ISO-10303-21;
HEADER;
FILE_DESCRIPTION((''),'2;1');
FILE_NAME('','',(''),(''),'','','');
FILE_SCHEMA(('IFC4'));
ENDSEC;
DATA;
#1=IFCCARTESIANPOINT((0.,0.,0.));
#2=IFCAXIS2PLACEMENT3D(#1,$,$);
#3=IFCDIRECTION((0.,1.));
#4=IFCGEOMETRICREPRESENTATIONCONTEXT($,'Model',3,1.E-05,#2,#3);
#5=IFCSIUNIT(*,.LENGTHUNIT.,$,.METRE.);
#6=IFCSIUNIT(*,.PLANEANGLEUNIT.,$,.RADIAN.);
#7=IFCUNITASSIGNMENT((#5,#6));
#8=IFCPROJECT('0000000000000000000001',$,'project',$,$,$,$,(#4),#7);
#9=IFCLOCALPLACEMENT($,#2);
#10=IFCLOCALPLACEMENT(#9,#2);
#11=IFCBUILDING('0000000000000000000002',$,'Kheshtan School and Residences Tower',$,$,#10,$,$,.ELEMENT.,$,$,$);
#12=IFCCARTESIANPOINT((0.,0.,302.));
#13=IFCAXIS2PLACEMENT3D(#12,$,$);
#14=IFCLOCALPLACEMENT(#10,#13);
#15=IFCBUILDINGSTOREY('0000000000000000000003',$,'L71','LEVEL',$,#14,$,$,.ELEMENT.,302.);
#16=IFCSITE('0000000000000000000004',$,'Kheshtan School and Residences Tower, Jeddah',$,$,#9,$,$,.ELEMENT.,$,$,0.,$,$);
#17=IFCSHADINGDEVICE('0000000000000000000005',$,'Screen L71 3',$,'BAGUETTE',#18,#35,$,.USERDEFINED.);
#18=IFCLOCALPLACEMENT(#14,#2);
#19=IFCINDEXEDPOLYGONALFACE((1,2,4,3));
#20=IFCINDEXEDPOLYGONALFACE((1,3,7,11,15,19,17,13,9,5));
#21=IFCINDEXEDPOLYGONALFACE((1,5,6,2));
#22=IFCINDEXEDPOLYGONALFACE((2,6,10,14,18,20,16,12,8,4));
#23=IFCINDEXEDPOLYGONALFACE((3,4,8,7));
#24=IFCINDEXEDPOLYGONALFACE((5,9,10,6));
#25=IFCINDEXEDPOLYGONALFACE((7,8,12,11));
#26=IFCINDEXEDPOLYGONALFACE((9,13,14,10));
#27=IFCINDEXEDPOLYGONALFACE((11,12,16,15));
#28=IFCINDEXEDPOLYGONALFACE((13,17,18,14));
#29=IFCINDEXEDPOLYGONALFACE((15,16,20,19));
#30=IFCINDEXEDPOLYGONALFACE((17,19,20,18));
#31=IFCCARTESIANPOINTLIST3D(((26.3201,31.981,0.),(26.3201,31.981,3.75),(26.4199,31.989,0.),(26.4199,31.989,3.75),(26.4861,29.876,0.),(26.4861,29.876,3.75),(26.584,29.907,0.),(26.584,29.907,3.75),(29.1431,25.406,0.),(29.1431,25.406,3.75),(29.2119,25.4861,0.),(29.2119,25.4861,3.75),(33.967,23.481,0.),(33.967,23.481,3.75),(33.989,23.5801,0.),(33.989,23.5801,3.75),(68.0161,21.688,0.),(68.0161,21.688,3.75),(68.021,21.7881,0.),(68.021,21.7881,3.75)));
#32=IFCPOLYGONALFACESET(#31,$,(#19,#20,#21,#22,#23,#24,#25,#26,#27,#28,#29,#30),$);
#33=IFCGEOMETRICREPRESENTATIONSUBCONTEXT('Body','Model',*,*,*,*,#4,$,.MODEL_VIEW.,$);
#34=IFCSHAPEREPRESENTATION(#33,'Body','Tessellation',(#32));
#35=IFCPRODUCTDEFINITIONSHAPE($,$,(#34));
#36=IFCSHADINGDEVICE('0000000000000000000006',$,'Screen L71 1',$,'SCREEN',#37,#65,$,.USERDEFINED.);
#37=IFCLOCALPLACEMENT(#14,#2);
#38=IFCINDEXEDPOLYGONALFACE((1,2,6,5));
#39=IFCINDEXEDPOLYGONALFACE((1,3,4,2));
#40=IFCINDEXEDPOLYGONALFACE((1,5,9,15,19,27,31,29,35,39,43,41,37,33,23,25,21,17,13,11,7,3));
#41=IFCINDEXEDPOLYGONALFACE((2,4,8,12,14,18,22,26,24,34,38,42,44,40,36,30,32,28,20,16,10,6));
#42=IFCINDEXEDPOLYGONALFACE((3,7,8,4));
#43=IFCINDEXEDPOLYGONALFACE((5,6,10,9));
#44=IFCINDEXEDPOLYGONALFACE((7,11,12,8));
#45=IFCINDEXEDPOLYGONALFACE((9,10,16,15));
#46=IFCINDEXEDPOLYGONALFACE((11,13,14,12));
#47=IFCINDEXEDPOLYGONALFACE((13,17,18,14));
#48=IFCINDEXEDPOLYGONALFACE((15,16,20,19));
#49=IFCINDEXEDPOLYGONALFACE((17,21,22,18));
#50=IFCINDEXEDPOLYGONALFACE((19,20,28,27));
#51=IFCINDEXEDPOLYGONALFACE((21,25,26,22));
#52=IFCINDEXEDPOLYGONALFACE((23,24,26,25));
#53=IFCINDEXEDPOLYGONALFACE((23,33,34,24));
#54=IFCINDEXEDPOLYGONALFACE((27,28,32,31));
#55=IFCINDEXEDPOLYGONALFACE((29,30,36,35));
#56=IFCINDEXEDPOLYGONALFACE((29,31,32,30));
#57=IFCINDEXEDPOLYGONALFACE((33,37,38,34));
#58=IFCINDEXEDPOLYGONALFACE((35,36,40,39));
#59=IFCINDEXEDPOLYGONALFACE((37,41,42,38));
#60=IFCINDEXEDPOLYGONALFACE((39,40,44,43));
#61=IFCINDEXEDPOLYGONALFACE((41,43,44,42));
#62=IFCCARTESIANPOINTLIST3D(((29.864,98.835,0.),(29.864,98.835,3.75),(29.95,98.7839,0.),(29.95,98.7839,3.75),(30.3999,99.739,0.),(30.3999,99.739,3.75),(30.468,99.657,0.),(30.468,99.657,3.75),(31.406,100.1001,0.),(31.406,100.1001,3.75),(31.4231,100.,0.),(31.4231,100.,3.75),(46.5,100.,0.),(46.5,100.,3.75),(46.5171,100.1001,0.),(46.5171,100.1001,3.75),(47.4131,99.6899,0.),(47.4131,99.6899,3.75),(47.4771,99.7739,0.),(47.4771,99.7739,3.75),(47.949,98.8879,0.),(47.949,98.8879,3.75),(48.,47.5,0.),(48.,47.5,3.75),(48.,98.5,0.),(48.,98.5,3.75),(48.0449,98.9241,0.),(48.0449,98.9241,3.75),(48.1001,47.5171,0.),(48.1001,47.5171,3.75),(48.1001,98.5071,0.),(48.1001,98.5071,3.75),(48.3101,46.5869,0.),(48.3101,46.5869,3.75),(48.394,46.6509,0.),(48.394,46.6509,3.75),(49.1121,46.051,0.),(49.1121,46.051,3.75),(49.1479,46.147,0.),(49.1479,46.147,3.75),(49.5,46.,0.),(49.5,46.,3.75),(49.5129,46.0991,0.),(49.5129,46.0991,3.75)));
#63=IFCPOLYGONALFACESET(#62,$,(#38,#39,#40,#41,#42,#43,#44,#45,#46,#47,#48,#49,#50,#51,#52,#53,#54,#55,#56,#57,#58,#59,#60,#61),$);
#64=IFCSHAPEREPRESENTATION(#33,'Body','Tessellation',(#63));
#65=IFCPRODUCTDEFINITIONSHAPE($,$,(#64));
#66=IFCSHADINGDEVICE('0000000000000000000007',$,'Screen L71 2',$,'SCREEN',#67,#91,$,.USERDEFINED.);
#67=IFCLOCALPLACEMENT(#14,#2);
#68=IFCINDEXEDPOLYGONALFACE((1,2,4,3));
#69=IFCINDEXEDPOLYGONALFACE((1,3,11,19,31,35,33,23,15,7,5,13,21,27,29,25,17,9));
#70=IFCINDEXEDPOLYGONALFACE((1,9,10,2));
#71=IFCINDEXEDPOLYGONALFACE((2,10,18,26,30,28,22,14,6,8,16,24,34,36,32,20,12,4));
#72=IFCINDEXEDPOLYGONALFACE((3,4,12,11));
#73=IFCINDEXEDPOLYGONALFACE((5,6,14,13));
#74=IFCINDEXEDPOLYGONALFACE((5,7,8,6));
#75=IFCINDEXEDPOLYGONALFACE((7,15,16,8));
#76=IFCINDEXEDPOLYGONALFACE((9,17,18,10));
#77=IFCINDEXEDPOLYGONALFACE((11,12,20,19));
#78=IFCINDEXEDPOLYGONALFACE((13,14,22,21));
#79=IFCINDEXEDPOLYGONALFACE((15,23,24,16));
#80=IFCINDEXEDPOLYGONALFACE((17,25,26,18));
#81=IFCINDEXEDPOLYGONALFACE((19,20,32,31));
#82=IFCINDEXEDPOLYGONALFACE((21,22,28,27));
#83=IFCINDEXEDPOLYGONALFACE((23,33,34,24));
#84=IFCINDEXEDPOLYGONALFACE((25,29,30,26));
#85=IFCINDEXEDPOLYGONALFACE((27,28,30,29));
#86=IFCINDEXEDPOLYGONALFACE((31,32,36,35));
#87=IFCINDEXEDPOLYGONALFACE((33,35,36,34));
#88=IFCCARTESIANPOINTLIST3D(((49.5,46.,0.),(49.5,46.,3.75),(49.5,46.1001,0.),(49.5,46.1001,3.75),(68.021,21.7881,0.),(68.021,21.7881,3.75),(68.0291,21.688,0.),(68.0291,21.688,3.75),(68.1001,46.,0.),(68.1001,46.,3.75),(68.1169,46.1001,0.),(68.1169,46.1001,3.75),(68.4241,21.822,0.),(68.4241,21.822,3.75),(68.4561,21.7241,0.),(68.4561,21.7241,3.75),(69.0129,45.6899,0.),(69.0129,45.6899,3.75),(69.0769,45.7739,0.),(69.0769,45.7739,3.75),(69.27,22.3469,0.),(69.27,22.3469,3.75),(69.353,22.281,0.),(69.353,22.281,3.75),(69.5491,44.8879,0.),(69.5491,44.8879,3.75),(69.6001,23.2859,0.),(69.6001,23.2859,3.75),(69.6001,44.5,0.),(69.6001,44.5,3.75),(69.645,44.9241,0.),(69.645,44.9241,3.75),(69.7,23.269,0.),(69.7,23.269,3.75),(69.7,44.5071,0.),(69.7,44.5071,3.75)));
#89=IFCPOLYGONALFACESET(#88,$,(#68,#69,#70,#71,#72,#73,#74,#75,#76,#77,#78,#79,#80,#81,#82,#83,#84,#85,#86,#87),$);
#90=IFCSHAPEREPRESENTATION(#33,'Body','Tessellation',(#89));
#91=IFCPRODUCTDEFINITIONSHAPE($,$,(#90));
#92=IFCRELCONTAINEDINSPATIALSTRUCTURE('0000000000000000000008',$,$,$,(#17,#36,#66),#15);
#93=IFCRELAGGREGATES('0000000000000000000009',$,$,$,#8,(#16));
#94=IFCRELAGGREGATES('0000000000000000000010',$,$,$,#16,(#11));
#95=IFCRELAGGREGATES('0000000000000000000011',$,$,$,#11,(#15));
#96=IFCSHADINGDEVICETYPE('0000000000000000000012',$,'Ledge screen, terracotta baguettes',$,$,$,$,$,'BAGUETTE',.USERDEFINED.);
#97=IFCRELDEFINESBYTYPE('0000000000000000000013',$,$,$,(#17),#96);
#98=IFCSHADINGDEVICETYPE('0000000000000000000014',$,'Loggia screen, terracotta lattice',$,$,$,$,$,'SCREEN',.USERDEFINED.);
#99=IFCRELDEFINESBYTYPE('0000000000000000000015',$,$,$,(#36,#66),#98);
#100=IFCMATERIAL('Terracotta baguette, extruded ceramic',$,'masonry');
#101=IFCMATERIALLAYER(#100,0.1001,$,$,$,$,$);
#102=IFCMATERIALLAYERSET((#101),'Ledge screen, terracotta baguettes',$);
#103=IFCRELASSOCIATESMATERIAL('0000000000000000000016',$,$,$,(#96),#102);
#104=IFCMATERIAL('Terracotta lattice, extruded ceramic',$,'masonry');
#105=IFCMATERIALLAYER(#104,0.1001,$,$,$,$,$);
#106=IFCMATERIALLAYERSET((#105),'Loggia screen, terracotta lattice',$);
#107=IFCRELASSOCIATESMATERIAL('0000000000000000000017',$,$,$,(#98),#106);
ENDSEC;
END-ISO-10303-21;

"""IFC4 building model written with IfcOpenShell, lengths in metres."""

from ifc_helpers import new_model, si_unit, direction, frame, origin, place, context, subcontext, project, spatial, polyline, outline, extrude, material, layer, layer_set, type_object, element, save


model = new_model("IFC4")

# Units and contexts
model_context = context("Model", 3, precision=1e-05, world=origin(), true_north=direction((0.0, 1.0)))
body_context = subcontext(model_context, "Body", "Model", "MODEL_VIEW")
ifc_project = project(units=[si_unit("LENGTHUNIT", "METRE"), si_unit("PLANEANGLEUNIT", "RADIAN")], contexts=[model_context])

# Site, building, storey
site_placement = place(None, origin())
site = spatial("IfcSite", under=ifc_project, at=site_placement, Name="Kheshtan School and Residences Tower, Jeddah", CompositionType="ELEMENT", RefElevation=0.0)
building_placement = place(site_placement, origin())
building = spatial("IfcBuilding", under=site, at=building_placement, Name="Kheshtan School and Residences Tower", CompositionType="ELEMENT")
storey_placement = place(building_placement, frame((0.0, 0.0, 302.0)))
storey = spatial("IfcBuildingStorey", under=building, at=storey_placement, Name="L71", Description="LEVEL", CompositionType="ELEMENT", Elevation=302.0)

# Shading devices
ifc_material_1 = material(Name="Terracotta baguette, extruded ceramic", Category="masonry")
ifc_layer_1 = layer(ifc_material_1, 0.1001)
ifc_layer_set_1 = layer_set([ifc_layer_1], Name="Ledge screen, terracotta baguettes")
shading_device_type_1 = type_object("IfcShadingDeviceType", Name="Ledge screen, terracotta baguettes", ElementType="BAGUETTE", PredefinedType="USERDEFINED", material=ifc_layer_set_1)
shading_device_1_placement = place(storey_placement, origin())
element("IfcShadingDevice", 1, at=shading_device_1_placement, inside=storey, type_object=shading_device_type_1, Name="Screen L71 3", ObjectType="BAGUETTE", PredefinedType="USERDEFINED", context=body_context, shape_type="SweptSolid", body=[
    extrude(outline(polyline([(68.021, 21.7881), (33.989, 23.5801), (29.2119, 25.4861), (26.584, 29.907), (26.4199, 31.989), (26.3201, 31.981), (26.4861, 29.876), (29.1431, 25.406), (33.967, 23.481), (68.0161, 21.688), (68.021, 21.7881)])), origin(), (0.0, 0.0, 1.0), 3.75),
])
ifc_material_2 = material(Name="Terracotta lattice, extruded ceramic", Category="masonry")
ifc_layer_2 = layer(ifc_material_2, 0.1001)
ifc_layer_set_2 = layer_set([ifc_layer_2], Name="Loggia screen, terracotta lattice")
shading_device_type_2 = type_object("IfcShadingDeviceType", Name="Loggia screen, terracotta lattice", ElementType="SCREEN", PredefinedType="USERDEFINED", material=ifc_layer_set_2)
shading_device_2_placement = place(storey_placement, origin())
element("IfcShadingDevice", 2, at=shading_device_2_placement, inside=storey, type_object=shading_device_type_2, Name="Screen L71 1", ObjectType="SCREEN", PredefinedType="USERDEFINED", context=body_context, shape_type="SweptSolid", body=[
    extrude(outline(polyline([(29.95, 98.7839), (30.468, 99.657), (31.4231, 100.0), (46.5, 100.0), (47.4131, 99.6899), (47.949, 98.8879), (48.0, 98.5), (48.0, 47.5), (48.3101, 46.5869), (49.1121, 46.051), (49.5, 46.0), (49.5129, 46.0991), (49.1479, 46.147), (48.394, 46.6509), (48.1001, 47.5171), (48.1001, 98.5071), (48.0449, 98.9241), (47.4771, 99.7739), (46.5171, 100.1001), (31.406, 100.1001), (30.3999, 99.739), (29.864, 98.835), (29.95, 98.7839)])), origin(), (0.0, 0.0, 1.0), 3.75),
])
shading_device_3_placement = place(storey_placement, origin())
element("IfcShadingDevice", 3, at=shading_device_3_placement, inside=storey, type_object=shading_device_type_2, Name="Screen L71 2", ObjectType="SCREEN", PredefinedType="USERDEFINED", context=body_context, shape_type="SweptSolid", body=[
    extrude(outline(polyline([(49.5, 46.0), (68.1001, 46.0), (69.0129, 45.6899), (69.5491, 44.8879), (69.6001, 44.5), (69.6001, 23.2859), (69.27, 22.3469), (68.4241, 21.822), (68.021, 21.7881), (68.0291, 21.688), (68.4561, 21.7241), (69.353, 22.281), (69.7, 23.269), (69.7, 44.5071), (69.645, 44.9241), (69.0769, 45.7739), (68.1169, 46.1001), (49.5, 46.1001), (49.5, 46.0)])), origin(), (0.0, 0.0, 1.0), 3.75),
])

save(model, "model.ifc")
